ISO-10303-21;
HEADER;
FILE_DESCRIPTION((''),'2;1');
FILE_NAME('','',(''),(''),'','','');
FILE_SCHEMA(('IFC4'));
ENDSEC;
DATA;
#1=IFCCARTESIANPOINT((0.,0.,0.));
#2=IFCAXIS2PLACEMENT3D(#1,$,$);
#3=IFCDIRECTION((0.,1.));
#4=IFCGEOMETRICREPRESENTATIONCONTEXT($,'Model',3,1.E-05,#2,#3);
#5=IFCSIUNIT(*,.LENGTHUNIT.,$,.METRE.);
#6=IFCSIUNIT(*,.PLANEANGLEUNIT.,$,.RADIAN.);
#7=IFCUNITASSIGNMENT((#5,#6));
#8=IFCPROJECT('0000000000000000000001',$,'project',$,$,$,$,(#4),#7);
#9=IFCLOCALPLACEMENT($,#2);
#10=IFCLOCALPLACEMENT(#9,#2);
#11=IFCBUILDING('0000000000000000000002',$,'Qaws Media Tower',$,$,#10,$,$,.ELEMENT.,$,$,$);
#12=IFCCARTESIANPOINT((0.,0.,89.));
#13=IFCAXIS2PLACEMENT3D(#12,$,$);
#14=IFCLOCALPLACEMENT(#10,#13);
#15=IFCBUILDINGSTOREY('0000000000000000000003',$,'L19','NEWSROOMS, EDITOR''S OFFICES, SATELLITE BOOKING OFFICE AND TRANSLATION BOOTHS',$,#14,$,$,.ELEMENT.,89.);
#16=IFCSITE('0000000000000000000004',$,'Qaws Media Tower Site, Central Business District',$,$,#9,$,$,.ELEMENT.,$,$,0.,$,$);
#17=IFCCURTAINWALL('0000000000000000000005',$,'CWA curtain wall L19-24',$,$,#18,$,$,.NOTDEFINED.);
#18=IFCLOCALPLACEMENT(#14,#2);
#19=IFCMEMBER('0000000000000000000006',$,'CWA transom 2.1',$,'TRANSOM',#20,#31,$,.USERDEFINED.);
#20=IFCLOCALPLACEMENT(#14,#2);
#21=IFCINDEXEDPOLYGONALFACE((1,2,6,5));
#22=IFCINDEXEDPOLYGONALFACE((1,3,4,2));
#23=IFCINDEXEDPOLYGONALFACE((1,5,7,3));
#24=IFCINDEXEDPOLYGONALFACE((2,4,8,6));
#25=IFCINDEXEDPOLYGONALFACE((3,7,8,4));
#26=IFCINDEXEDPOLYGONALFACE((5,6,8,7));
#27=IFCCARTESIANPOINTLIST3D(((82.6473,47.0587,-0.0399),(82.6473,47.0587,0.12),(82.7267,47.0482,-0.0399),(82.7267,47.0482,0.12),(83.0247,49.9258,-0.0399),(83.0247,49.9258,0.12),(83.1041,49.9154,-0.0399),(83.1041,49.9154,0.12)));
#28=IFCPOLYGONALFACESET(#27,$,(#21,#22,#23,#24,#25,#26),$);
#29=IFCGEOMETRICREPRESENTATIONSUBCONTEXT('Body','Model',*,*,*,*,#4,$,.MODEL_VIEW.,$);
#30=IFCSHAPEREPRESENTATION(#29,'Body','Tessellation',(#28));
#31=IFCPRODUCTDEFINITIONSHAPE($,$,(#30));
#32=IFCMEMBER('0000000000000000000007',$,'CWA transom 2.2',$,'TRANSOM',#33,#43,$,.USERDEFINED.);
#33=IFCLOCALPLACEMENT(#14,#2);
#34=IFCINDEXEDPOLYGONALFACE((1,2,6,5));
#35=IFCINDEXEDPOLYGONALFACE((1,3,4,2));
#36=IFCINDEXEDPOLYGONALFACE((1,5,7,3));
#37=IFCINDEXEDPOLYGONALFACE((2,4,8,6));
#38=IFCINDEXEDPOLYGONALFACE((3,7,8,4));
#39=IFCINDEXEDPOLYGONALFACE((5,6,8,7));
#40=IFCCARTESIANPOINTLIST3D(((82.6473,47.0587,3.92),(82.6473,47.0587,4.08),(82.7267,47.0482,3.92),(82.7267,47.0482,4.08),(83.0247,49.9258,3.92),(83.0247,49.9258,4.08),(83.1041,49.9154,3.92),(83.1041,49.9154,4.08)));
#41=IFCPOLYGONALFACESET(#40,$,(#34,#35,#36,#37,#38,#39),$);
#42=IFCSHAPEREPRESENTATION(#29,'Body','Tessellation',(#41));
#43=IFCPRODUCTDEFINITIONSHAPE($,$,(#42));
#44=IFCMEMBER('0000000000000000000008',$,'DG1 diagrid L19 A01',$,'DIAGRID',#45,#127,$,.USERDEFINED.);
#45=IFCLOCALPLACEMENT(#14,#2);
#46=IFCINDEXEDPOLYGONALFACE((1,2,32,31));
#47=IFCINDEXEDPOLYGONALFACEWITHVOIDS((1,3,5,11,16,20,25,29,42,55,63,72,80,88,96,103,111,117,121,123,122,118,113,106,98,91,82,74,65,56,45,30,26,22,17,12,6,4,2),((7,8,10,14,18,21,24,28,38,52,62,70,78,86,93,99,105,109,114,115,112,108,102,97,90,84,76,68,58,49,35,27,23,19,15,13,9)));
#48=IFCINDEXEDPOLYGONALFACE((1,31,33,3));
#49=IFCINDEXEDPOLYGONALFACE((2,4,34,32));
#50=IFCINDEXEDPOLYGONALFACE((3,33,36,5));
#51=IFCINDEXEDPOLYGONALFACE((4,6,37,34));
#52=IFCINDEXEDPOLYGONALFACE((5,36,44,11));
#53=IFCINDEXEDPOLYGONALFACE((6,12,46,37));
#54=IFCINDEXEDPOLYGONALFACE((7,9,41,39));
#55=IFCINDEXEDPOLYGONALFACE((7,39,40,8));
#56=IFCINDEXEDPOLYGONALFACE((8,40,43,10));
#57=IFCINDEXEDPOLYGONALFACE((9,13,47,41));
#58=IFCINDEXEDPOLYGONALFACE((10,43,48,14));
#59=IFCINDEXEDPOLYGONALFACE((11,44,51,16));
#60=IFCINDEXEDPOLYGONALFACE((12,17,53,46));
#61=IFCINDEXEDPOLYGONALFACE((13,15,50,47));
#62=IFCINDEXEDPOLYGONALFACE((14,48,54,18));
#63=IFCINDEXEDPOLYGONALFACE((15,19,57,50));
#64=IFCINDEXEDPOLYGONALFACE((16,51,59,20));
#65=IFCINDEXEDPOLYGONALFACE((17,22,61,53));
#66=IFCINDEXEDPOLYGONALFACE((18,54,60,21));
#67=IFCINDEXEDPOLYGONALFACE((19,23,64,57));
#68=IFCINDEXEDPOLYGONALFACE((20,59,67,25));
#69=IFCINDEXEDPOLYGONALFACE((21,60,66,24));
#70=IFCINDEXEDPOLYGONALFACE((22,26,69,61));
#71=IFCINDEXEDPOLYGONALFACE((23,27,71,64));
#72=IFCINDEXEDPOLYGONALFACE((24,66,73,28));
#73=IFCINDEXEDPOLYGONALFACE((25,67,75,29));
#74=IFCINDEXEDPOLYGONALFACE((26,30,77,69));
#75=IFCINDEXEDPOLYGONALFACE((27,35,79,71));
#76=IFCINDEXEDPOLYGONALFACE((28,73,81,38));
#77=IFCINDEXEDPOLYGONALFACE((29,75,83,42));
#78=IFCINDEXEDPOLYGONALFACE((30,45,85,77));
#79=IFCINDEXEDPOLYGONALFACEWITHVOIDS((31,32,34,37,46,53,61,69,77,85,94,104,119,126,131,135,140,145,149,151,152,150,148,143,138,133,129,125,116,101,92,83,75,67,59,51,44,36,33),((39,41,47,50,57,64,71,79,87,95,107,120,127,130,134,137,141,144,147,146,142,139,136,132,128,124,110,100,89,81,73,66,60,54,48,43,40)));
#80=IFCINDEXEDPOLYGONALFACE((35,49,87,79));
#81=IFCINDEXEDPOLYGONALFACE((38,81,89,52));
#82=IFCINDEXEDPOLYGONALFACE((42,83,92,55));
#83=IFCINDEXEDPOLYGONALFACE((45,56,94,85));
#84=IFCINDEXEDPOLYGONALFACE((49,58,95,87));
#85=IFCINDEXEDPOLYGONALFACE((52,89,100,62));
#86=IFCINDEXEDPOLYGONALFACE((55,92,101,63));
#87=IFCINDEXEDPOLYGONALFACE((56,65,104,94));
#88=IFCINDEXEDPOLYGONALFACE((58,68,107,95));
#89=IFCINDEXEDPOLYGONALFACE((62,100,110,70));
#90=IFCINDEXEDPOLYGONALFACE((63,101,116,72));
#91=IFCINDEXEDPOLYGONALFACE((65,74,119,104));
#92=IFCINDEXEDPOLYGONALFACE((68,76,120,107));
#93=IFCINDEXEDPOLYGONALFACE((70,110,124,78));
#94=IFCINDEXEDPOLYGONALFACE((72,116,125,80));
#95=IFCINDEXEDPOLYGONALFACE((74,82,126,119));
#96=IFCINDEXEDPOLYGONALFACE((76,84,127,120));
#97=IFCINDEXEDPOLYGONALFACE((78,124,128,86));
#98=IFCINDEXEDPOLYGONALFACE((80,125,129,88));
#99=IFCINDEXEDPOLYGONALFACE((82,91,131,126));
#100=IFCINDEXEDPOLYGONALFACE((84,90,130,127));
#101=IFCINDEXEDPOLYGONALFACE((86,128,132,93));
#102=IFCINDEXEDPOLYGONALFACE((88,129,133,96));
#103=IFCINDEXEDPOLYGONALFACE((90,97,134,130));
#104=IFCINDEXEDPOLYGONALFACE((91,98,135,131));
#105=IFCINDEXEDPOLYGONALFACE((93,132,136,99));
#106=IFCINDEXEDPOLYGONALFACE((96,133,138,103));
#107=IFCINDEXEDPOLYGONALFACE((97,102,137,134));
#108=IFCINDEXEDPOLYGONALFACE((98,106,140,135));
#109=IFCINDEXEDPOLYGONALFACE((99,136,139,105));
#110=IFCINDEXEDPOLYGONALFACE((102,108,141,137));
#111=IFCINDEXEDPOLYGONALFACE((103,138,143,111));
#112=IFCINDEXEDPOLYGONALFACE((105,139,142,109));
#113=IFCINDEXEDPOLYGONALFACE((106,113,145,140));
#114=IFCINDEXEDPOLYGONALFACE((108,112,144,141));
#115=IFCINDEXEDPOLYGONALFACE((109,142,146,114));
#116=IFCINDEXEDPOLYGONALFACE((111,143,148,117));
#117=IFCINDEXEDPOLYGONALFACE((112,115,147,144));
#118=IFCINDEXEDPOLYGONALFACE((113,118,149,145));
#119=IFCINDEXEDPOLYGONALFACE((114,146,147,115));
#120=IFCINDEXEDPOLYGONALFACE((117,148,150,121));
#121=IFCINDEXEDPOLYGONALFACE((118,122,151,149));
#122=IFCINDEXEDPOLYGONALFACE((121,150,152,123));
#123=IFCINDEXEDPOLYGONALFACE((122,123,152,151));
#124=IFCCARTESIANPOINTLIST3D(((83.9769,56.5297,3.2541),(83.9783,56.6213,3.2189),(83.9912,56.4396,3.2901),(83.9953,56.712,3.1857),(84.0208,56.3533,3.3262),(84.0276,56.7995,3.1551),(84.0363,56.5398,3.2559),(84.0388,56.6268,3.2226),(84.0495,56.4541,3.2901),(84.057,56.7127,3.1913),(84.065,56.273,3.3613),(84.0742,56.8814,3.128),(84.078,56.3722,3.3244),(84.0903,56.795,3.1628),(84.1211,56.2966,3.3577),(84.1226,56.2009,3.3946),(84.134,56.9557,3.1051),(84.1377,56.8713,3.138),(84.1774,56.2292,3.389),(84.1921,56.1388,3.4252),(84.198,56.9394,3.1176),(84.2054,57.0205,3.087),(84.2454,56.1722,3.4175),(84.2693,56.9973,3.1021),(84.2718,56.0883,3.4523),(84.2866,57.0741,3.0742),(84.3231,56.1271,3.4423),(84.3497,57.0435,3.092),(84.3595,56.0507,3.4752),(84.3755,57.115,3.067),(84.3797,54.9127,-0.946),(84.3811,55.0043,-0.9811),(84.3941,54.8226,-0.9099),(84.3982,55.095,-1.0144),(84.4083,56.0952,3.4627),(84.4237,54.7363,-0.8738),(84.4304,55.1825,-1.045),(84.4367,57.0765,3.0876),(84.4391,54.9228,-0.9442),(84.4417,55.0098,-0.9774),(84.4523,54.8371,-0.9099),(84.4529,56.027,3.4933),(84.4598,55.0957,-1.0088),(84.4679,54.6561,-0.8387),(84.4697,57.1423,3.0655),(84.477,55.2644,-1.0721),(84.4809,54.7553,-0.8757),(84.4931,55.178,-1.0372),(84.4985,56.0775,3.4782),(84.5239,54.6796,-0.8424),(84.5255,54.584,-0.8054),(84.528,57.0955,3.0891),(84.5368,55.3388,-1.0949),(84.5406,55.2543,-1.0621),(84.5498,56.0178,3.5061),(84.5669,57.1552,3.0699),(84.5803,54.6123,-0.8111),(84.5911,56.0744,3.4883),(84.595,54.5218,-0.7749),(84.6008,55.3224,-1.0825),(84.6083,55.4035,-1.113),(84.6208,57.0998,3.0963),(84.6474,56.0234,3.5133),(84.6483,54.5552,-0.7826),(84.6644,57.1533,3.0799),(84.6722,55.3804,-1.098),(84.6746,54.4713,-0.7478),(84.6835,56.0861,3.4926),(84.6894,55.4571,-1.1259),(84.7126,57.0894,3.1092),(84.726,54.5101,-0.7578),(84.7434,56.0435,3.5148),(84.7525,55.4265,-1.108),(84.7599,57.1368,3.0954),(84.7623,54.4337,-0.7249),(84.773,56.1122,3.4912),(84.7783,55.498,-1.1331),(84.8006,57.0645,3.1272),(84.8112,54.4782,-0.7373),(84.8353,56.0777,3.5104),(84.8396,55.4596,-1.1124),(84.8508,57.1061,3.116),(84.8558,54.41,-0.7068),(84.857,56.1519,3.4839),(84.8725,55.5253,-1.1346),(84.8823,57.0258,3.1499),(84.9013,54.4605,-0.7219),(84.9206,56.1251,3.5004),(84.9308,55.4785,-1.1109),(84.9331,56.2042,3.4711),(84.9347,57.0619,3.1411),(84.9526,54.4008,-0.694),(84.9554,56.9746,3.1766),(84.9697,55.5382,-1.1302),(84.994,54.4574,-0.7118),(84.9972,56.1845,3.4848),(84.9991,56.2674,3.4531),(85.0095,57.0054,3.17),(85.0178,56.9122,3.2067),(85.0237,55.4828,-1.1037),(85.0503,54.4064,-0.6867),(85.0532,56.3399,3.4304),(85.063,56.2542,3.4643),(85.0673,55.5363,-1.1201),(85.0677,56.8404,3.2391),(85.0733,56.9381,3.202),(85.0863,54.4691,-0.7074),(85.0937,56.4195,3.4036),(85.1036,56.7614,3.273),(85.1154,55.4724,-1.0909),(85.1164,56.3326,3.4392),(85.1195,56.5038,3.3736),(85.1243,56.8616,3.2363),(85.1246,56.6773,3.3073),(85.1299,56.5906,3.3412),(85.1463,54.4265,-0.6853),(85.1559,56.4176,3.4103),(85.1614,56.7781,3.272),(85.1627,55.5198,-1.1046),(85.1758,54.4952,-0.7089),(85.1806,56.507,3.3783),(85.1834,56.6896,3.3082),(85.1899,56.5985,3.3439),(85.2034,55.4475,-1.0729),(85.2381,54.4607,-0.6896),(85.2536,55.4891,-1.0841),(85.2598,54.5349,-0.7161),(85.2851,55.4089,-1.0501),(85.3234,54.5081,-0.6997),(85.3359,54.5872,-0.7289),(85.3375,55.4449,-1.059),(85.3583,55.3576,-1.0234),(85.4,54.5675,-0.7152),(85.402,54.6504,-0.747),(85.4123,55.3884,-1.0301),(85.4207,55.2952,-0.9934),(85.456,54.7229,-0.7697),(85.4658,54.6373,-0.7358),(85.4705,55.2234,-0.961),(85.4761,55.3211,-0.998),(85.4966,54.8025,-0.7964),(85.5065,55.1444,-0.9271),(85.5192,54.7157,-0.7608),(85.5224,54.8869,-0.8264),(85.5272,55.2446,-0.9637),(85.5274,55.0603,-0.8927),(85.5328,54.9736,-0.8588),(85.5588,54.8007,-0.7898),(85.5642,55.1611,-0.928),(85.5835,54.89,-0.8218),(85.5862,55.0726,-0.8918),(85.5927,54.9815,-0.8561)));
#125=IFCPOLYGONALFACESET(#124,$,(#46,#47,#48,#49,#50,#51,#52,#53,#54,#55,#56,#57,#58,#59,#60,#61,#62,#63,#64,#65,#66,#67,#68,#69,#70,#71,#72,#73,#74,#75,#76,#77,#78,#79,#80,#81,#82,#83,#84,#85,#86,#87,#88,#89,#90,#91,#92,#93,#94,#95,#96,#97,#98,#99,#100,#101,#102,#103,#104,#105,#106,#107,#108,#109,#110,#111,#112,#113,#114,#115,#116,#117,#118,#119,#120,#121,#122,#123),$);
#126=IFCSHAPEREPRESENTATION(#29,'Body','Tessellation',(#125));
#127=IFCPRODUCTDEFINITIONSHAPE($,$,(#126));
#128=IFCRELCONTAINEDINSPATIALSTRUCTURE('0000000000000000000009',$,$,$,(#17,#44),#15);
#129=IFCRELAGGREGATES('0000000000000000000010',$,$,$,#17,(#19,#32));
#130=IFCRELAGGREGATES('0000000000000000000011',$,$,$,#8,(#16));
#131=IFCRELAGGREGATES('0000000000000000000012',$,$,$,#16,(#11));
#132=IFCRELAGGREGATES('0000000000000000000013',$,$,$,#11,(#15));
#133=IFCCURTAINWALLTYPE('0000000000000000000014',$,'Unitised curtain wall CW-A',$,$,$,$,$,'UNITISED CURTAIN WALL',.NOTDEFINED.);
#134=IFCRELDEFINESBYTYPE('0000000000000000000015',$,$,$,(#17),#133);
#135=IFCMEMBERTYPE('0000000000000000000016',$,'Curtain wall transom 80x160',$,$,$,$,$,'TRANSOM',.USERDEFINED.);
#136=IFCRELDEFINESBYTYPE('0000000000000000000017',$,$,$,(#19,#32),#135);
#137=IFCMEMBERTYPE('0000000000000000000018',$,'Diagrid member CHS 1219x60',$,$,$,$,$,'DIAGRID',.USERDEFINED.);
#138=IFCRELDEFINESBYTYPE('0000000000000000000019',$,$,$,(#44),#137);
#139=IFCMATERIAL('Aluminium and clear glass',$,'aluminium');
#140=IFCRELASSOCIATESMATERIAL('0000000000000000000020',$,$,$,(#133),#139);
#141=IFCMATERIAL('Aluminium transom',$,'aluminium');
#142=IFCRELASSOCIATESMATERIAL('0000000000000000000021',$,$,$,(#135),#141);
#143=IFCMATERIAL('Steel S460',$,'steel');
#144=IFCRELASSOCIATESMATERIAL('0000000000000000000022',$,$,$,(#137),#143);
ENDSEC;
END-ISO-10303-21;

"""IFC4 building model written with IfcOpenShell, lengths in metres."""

from ifc_helpers import new_model, si_unit, direction, frame, origin, origin_2d, place, context, subcontext, project, spatial, rectangle, hollow_circle, extrude, material, material_profile, profile_set, type_object, element, aggregate, save


model = new_model("IFC4")

# Units and contexts
model_context = context("Model", 3, precision=1e-05, world=origin(), true_north=direction((0.0, 1.0)))
body_context = subcontext(model_context, "Body", "Model", "MODEL_VIEW")
ifc_project = project(units=[si_unit("LENGTHUNIT", "METRE"), si_unit("PLANEANGLEUNIT", "RADIAN")], contexts=[model_context])

# Site, building, storey
site_placement = place(None, origin())
site = spatial("IfcSite", under=ifc_project, at=site_placement, Name="Qaws Media Tower Site, Central Business District", CompositionType="ELEMENT", RefElevation=0.0)
building_placement = place(site_placement, origin())
building = spatial("IfcBuilding", under=site, at=building_placement, Name="Qaws Media Tower", CompositionType="ELEMENT")
storey_placement = place(building_placement, frame((0.0, 0.0, 89.0)))
storey = spatial("IfcBuildingStorey", under=building, at=storey_placement, Name="L19", Description="NEWSROOMS, EDITOR'S OFFICES, SATELLITE BOOKING OFFICE AND TRANSLATION BOOTHS", CompositionType="ELEMENT", Elevation=89.0)

# Shared definitions
ifc_material_1 = material(Name="Aluminium and clear glass", Category="aluminium")
curtain_wall_type = type_object("IfcCurtainWallType", Name="Unitised curtain wall CW-A", ElementType="UNITISED CURTAIN WALL", PredefinedType="NOTDEFINED", material=ifc_material_1)

# Curtain wall
curtain_wall_1_placement = place(storey_placement, origin())
curtain_wall_1 = element("IfcCurtainWall", 1, at=curtain_wall_1_placement, inside=storey, type_object=curtain_wall_type, Name="CWA curtain wall L19-24", PredefinedType="NOTDEFINED")

# Members
ifc_material_2 = material(Name="Aluminium transom", Category="aluminium")
ifc_material_profile_1 = material_profile(ifc_material_2, rectangle(XDim=0.0801, YDim=0.1599, at=origin_2d()), Name="80x160")
ifc_profile_set_1 = profile_set([ifc_material_profile_1], Name="Aluminium transom")
member_type_1 = type_object("IfcMemberType", Name="Curtain wall transom 80x160", ElementType="TRANSOM", PredefinedType="USERDEFINED", material=ifc_profile_set_1)
member_1_placement = place(storey_placement, frame((82.687, 47.0535, 0.04), z_axis=(0.130516, 0.991446, 0.0), x_axis=(-0.991446, 0.130516, 0.0)))
member_1 = element("IfcMember", 2, at=member_1_placement, type_object=member_type_1, Name="CWA transom 2.1", ObjectType="TRANSOM", PredefinedType="USERDEFINED", context=body_context, shape_type="SweptSolid", body=[
    extrude(rectangle(XDim=0.0801, YDim=0.1599, at=origin_2d()), origin(), (0.0, 0.0, 1.0), 2.8918),
])
member_2_placement = place(storey_placement, frame((82.687, 47.0535, 4.0), z_axis=(0.130516, 0.991446, 0.0), x_axis=(-0.991446, 0.130516, 0.0)))
member_2 = element("IfcMember", 3, at=member_2_placement, type_object=member_type_1, Name="CWA transom 2.2", ObjectType="TRANSOM", PredefinedType="USERDEFINED", context=body_context, shape_type="SweptSolid", body=[
    extrude(rectangle(XDim=0.0801, YDim=0.1599, at=origin_2d()), origin(), (0.0, 0.0, 1.0), 2.8918),
])

# Member
ifc_material_3 = material(Name="Steel S460", Category="steel")
ifc_material_profile_2 = material_profile(ifc_material_3, hollow_circle(Radius=0.6096, WallThickness=0.0601, at=origin_2d()), Name="CHS 1219x60")
ifc_profile_set_2 = profile_set([ifc_material_profile_2], Name="Steel S460")
member_type_2 = type_object("IfcMemberType", Name="Diagrid member CHS 1219x60", ElementType="DIAGRID", PredefinedType="USERDEFINED", material=ifc_profile_set_2)
for number, where, z_axis, x_axis, name in (
    (4, (84.9856, 54.97, -0.9099), (-0.089153, 0.357854, 0.929512), (-0.97034, -0.241743, 0.0), "DG1 diagrid L19 A01"),
):
    element("IfcMember", number, at=place(storey_placement, frame(where, z_axis=z_axis, x_axis=x_axis)), inside=storey, type_object=member_type_2, Name=name, ObjectType="DIAGRID", PredefinedType="USERDEFINED", context=body_context, shape_type="SweptSolid", body=[
        extrude(hollow_circle(Radius=0.6096, WallThickness=0.0601, at=origin_2d()), origin(), (0.0, 0.0, 1.0), 4.5186),
    ])

aggregate(curtain_wall_1, [member_1, member_2])

save(model, "model.ifc")
